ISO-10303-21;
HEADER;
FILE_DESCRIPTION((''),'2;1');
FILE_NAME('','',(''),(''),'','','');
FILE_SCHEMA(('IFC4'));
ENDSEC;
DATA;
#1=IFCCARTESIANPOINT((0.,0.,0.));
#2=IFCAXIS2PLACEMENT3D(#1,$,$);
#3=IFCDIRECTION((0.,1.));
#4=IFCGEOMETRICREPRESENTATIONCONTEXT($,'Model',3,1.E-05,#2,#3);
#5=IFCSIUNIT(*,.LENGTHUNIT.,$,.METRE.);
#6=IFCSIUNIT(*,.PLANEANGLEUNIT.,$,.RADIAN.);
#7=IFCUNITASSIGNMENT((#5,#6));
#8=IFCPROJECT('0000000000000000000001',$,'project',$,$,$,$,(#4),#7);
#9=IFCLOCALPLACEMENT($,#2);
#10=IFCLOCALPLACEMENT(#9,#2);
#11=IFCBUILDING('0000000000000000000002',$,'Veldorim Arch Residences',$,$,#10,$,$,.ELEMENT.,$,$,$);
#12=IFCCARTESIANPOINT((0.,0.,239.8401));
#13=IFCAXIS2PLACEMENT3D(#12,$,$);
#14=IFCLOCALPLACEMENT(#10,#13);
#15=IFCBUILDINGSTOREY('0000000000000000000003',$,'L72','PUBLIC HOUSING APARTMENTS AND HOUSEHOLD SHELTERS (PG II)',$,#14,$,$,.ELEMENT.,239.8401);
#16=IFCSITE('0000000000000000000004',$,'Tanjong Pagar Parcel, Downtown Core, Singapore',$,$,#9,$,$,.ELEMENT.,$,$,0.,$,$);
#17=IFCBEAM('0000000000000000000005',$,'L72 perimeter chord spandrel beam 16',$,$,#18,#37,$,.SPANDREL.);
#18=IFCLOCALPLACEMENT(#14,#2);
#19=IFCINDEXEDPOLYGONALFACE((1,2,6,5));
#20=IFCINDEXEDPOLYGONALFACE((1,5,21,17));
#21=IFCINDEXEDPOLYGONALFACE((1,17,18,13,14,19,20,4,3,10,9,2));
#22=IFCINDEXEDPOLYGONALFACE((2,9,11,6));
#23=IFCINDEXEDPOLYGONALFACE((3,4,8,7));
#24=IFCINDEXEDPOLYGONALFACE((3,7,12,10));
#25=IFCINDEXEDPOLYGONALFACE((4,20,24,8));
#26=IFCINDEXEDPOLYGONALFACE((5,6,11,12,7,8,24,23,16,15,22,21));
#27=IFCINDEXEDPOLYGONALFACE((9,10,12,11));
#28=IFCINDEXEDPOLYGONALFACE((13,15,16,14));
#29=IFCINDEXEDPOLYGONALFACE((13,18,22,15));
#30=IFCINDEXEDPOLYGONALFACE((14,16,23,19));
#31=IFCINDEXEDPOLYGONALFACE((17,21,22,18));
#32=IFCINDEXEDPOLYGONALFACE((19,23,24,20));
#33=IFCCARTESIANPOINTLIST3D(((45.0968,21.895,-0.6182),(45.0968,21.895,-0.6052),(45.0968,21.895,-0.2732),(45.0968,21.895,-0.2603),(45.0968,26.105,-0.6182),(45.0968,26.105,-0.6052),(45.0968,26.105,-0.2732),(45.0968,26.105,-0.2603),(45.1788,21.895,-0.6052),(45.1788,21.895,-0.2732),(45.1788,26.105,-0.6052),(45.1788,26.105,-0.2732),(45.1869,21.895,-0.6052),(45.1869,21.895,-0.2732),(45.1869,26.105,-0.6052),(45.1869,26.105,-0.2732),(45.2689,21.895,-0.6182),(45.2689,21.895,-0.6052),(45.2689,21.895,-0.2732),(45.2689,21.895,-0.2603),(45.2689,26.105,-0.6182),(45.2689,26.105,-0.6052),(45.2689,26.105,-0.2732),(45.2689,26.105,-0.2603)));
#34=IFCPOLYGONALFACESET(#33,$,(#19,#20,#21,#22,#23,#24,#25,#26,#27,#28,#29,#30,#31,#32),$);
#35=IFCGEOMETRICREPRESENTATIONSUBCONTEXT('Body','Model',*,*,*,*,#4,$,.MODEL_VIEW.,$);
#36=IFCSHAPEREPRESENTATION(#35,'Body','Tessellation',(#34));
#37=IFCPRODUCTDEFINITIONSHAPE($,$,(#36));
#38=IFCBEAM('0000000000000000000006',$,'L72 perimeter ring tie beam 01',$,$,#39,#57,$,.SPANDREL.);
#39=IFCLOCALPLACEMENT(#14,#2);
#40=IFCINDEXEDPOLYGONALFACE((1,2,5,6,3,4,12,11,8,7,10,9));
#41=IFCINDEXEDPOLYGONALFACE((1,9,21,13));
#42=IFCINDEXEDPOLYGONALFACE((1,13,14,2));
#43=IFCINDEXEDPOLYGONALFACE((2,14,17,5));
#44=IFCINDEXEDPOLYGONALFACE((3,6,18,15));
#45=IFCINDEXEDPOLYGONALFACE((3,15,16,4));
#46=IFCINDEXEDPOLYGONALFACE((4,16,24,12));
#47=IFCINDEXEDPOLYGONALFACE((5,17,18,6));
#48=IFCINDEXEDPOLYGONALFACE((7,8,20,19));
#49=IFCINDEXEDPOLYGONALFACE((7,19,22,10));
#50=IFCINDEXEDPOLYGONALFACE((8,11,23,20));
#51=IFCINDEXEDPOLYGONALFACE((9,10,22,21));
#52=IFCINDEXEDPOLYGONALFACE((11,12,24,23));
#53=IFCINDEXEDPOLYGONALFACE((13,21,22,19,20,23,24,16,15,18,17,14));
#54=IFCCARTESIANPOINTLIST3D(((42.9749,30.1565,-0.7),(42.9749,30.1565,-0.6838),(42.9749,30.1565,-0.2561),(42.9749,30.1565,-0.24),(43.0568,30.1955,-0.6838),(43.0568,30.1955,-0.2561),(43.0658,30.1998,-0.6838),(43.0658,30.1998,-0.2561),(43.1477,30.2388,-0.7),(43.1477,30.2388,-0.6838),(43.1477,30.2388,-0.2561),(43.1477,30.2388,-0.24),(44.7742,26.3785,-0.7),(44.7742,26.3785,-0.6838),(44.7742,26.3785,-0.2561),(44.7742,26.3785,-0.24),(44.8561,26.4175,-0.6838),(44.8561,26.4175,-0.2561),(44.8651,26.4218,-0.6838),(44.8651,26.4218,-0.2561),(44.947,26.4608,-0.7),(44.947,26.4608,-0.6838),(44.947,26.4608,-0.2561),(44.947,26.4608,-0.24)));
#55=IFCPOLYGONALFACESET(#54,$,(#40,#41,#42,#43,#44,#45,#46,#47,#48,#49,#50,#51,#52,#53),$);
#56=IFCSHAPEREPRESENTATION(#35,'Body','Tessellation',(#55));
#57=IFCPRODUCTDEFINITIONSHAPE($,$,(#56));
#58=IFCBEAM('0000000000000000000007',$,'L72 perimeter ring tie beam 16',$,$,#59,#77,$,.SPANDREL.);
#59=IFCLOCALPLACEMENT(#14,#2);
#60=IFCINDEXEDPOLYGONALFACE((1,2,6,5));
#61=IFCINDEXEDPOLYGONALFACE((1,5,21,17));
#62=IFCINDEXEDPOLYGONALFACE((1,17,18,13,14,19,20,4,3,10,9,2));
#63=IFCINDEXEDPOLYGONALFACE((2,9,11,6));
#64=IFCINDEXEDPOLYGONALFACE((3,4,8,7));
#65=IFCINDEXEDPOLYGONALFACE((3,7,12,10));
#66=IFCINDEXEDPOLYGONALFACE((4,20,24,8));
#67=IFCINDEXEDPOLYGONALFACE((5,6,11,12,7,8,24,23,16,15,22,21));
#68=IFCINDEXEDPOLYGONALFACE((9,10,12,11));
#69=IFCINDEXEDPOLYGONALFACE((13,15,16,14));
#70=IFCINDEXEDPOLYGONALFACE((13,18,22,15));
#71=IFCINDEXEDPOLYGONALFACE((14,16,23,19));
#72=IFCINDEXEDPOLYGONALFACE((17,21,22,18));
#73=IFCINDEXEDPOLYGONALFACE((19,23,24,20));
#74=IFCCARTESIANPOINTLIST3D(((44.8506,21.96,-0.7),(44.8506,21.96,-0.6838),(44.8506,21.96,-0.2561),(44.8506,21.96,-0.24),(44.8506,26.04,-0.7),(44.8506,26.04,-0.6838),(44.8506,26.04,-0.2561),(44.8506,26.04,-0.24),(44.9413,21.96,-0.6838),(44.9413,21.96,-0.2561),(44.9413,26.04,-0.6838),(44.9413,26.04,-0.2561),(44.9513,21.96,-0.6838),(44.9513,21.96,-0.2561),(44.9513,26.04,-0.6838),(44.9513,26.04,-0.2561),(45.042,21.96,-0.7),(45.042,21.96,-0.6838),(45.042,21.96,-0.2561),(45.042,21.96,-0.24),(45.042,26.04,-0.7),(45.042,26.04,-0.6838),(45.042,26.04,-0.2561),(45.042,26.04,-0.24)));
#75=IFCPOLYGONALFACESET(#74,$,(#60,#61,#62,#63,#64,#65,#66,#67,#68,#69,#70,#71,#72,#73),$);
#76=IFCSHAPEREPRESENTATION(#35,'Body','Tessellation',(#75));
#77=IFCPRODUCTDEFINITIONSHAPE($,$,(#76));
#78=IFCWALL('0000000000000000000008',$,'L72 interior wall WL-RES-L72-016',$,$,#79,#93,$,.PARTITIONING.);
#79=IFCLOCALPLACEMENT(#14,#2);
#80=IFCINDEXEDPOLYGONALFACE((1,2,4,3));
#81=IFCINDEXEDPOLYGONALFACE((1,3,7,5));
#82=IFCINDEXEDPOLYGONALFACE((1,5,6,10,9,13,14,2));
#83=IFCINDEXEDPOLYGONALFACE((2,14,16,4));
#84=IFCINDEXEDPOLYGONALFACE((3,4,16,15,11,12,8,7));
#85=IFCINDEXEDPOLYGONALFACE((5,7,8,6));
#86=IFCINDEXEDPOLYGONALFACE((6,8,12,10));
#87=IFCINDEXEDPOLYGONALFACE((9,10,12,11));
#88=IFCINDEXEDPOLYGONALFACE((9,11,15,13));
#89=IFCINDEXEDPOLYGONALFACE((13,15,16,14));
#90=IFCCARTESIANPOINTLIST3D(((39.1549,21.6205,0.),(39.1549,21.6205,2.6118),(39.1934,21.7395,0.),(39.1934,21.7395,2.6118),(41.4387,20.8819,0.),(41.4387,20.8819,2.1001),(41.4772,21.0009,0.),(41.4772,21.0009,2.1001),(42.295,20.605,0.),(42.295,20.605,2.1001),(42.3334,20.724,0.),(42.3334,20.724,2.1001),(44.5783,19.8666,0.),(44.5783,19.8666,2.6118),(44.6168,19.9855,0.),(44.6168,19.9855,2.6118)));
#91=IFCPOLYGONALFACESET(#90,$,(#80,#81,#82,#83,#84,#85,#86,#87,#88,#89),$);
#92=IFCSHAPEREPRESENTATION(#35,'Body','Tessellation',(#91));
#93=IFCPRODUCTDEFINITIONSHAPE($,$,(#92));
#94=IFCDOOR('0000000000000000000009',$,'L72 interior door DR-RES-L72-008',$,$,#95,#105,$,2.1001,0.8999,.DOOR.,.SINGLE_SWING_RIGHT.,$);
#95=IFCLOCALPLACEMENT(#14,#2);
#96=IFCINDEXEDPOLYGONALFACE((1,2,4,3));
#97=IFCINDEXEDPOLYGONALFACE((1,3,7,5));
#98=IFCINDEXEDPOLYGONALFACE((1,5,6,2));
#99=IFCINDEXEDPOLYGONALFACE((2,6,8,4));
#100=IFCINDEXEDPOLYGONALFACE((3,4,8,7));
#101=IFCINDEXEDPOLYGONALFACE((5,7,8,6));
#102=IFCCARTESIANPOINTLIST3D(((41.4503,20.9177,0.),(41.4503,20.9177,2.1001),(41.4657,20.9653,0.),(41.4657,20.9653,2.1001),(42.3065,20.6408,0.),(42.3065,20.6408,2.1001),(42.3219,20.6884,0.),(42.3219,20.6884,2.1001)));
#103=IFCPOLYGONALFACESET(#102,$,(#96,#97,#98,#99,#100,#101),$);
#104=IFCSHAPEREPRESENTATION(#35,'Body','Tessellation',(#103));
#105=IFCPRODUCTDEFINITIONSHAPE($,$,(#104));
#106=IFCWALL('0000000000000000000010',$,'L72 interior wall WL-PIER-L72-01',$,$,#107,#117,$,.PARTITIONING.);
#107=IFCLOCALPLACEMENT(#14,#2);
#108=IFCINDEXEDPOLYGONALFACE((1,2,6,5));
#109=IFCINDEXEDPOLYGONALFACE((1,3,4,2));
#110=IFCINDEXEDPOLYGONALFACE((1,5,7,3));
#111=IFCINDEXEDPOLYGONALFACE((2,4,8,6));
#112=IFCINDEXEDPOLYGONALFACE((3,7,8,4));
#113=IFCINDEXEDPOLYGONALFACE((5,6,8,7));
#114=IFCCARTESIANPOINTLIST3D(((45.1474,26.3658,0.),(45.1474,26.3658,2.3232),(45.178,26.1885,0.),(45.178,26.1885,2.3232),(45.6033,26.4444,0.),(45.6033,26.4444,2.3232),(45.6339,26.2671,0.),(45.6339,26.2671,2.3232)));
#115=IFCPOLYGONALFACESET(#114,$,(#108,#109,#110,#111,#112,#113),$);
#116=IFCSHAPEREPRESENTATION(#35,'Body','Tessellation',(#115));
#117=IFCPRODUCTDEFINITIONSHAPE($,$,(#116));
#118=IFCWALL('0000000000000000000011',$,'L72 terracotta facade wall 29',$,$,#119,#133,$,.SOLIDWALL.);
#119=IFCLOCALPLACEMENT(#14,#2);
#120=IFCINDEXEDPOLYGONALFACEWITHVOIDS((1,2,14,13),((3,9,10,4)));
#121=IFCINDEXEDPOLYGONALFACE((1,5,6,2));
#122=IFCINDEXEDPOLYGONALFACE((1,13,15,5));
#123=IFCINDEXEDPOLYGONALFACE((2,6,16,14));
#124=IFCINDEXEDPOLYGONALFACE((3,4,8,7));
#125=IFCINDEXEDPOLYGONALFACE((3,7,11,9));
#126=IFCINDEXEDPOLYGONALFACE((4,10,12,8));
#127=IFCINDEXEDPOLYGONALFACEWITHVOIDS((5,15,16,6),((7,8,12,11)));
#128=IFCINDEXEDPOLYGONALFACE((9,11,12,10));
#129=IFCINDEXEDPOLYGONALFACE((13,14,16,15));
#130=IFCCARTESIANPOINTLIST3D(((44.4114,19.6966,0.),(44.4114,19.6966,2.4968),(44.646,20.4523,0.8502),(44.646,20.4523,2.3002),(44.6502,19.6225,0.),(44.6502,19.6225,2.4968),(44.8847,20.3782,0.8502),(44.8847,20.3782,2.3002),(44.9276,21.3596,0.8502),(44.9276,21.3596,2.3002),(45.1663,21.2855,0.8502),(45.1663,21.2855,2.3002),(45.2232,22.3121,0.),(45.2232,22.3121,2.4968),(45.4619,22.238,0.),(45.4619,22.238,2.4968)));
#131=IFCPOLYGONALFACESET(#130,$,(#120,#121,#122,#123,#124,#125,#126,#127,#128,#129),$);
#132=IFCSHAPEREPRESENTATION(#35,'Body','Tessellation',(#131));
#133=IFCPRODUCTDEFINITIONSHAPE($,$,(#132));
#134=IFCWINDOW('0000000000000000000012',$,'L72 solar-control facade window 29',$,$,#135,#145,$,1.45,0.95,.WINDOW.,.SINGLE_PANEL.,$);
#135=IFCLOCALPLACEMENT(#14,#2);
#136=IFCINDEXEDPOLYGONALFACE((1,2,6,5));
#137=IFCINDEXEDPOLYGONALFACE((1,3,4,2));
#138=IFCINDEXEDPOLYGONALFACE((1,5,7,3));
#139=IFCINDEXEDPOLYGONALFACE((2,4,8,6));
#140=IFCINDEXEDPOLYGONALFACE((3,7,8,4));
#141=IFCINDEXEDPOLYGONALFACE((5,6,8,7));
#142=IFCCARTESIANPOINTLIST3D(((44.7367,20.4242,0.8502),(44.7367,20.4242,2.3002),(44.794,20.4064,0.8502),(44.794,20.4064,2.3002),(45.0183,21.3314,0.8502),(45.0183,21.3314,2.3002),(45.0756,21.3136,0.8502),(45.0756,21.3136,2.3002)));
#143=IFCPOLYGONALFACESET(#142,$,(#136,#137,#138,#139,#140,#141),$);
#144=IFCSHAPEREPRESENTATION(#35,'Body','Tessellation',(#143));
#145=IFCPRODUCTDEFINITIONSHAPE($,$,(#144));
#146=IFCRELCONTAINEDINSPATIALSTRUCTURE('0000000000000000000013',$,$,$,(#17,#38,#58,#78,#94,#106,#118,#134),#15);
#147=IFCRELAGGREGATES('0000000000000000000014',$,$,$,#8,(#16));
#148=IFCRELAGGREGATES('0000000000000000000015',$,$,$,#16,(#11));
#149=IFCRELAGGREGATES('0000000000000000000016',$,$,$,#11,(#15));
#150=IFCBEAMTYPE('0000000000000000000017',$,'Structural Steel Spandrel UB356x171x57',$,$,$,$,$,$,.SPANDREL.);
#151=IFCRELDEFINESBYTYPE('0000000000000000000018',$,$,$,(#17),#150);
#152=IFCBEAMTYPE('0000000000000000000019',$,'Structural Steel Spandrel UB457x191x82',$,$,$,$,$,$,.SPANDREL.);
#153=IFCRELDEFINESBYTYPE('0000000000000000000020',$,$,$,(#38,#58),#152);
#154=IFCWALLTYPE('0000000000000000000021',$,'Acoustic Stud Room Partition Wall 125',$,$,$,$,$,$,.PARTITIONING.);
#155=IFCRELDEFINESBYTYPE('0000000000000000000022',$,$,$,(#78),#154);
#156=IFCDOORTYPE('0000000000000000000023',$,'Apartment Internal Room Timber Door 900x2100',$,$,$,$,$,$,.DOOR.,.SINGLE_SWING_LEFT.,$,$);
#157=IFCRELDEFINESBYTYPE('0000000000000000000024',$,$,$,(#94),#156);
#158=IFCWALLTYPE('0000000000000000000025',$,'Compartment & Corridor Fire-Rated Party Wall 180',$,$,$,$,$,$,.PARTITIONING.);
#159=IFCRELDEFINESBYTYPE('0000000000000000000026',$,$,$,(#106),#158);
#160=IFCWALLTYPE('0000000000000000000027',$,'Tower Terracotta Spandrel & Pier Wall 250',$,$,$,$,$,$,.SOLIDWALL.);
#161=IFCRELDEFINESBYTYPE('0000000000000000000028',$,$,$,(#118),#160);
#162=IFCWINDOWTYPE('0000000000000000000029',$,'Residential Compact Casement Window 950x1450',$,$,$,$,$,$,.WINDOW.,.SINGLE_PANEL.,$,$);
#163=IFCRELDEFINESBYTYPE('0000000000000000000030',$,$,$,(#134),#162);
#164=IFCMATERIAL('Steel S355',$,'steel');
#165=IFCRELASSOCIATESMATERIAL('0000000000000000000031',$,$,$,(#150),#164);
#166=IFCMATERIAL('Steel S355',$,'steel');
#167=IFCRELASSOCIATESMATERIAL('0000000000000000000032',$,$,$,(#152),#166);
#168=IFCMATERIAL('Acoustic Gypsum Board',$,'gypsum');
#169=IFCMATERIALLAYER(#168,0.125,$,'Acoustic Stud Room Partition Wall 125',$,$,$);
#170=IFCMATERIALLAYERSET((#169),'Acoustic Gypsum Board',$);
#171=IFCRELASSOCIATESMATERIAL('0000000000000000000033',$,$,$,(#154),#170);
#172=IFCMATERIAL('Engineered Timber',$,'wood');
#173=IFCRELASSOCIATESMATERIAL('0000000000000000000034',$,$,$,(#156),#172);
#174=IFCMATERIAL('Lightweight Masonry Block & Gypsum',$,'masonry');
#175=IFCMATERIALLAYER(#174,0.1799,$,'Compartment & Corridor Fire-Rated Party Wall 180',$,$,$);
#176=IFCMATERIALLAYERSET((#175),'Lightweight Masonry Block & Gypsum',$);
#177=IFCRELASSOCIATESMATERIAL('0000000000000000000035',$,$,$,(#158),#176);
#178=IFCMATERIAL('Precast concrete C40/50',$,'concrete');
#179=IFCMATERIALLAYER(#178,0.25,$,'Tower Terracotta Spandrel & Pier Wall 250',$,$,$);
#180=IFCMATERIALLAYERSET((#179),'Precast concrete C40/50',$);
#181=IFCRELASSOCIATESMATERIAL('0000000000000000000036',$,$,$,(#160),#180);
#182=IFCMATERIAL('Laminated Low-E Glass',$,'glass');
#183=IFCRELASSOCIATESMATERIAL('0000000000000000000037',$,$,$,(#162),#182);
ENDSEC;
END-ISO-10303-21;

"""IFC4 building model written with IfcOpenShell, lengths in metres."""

from ifc_helpers import new_model, si_unit, direction, frame, frame_2d, origin, origin_2d, place, context, subcontext, project, spatial, rectangle, i_section, extrude, material, layer, layer_set, material_profile, profile_set, type_object, element, fill, save


model = new_model("IFC4")

# Units and contexts
model_context = context("Model", 3, precision=1e-05, world=origin(), true_north=direction((0.0, 1.0)))
body_context = subcontext(model_context, "Body", "Model", "MODEL_VIEW")
ifc_project = project(units=[si_unit("LENGTHUNIT", "METRE"), si_unit("PLANEANGLEUNIT", "RADIAN")], contexts=[model_context])

# Site, building, storey
site_placement = place(None, origin())
site = spatial("IfcSite", under=ifc_project, at=site_placement, Name="Tanjong Pagar Parcel, Downtown Core, Singapore", CompositionType="ELEMENT", RefElevation=0.0)
building_placement = place(site_placement, origin())
building = spatial("IfcBuilding", under=site, at=building_placement, Name="Veldorim Arch Residences", CompositionType="ELEMENT")
storey_placement = place(building_placement, frame((0.0, 0.0, 239.8401)))
storey = spatial("IfcBuildingStorey", under=building, at=storey_placement, Name="L72", Description="PUBLIC HOUSING APARTMENTS AND HOUSEHOLD SHELTERS (PG II)", CompositionType="ELEMENT", Elevation=239.8401)

# Beams
ifc_material_1 = material(Name="Steel S355", Category="steel")
ifc_material_profile_1 = material_profile(ifc_material_1, i_section(OverallWidth=0.1721, OverallDepth=0.3579, WebThickness=0.0081, FlangeThickness=0.0129, at=origin_2d()), Name="UB356x171x57")
ifc_profile_set_1 = profile_set([ifc_material_profile_1], Name="Steel S355")
beam_type_1 = type_object("IfcBeamType", Name="Structural Steel Spandrel UB356x171x57", PredefinedType="SPANDREL", material=ifc_profile_set_1)
beam_1_placement = place(storey_placement, frame((45.1829, 21.895, -0.4392), z_axis=(0.0, 1.0, 0.0), x_axis=(-1.0, 0.0, 0.0)))
element("IfcBeam", 1, at=beam_1_placement, inside=storey, type_object=beam_type_1, Name="L72 perimeter chord spandrel beam 16", PredefinedType="SPANDREL", context=body_context, shape_type="SweptSolid", body=[
    extrude(i_section(OverallWidth=0.1721, OverallDepth=0.3579, WebThickness=0.0081, FlangeThickness=0.0129, at=origin_2d()), origin(), (0.0, 0.0, 1.0), 4.21),
])
ifc_material_2 = material(Name="Steel S355", Category="steel")
ifc_material_profile_2 = material_profile(ifc_material_2, i_section(OverallWidth=0.1914, OverallDepth=0.46, WebThickness=0.01, FlangeThickness=0.0161, at=origin_2d()), Name="UB457x191x82")
ifc_profile_set_2 = profile_set([ifc_material_profile_2], Name="Steel S355")
beam_type_2 = type_object("IfcBeamType", Name="Structural Steel Spandrel UB457x191x82", PredefinedType="SPANDREL", material=ifc_profile_set_2)
beam_2_placement = place(storey_placement, frame((44.8606, 26.4197, -0.47), z_axis=(-0.429979, 0.902839, 0.0), x_axis=(-0.902839, -0.429979, 0.0)))
element("IfcBeam", 2, at=beam_2_placement, inside=storey, type_object=beam_type_2, Name="L72 perimeter ring tie beam 01", PredefinedType="SPANDREL", context=body_context, shape_type="SweptSolid", body=[
    extrude(i_section(OverallWidth=0.1914, OverallDepth=0.46, WebThickness=0.01, FlangeThickness=0.0161, at=origin_2d()), origin(), (0.0, 0.0, 1.0), 4.1846),
])
beam_3_placement = place(storey_placement, frame((44.9463, 21.96, -0.47), z_axis=(0.0, 1.0, 0.0), x_axis=(-1.0, 0.0, 0.0)))
element("IfcBeam", 3, at=beam_3_placement, inside=storey, type_object=beam_type_2, Name="L72 perimeter ring tie beam 16", PredefinedType="SPANDREL", context=body_context, shape_type="SweptSolid", body=[
    extrude(i_section(OverallWidth=0.1914, OverallDepth=0.46, WebThickness=0.01, FlangeThickness=0.0161, at=origin_2d()), origin(), (0.0, 0.0, 1.0), 4.0801),
])

# Wall, opening, door
ifc_material_3 = material(Name="Acoustic Gypsum Board", Category="gypsum")
ifc_layer_1 = layer(ifc_material_3, 0.125, Name="Acoustic Stud Room Partition Wall 125")
ifc_layer_set_1 = layer_set([ifc_layer_1], Name="Acoustic Gypsum Board")
wall_type_1 = type_object("IfcWallType", Name="Acoustic Stud Room Partition Wall 125", PredefinedType="PARTITIONING", material=ifc_layer_set_1)
wall_1_placement = place(storey_placement, frame((44.5977, 19.926, 0.0), z_axis=(0.0, 0.0, 1.0), x_axis=(-0.951481, 0.307709, 0.0)))
wall_1 = element("IfcWall", 4, at=wall_1_placement, inside=storey, type_object=wall_type_1, Name="L72 interior wall WL-RES-L72-016", PredefinedType="PARTITIONING", context=body_context, shape_type="SweptSolid", body=[
    extrude(rectangle(XDim=5.7, YDim=0.125, at=frame_2d((2.8501, 0.0))), origin(), (0.0, 0.0, 1.0), 2.6118),
])
opening_1_placement = place(wall_1_placement, frame((2.3999, 0.0, 0.0)))
opening_1 = element("IfcOpeningElement", 5, at=opening_1_placement, cuts=wall_1, PredefinedType="OPENING", context=body_context, shape_type="SweptSolid", body=[
    extrude(rectangle(XDim=0.8999, YDim=2.1001, at=frame_2d((0.45, 1.05))), frame((0.0, 0.0725, 0.0), z_axis=(0.0, -1.0, 0.0), x_axis=(1.0, 0.0, 0.0)), (0.0, 0.0, 1.0), 0.145),
])
ifc_material_4 = material(Name="Engineered Timber", Category="wood")
door_type_1 = type_object("IfcDoorType", Name="Apartment Internal Room Timber Door 900x2100", OperationType="SINGLE_SWING_LEFT", PredefinedType="DOOR", material=ifc_material_4)
door_1_placement = place(opening_1_placement, origin())
door_1 = element("IfcDoor", 6, at=door_1_placement, inside=storey, type_object=door_type_1, Name="L72 interior door DR-RES-L72-008", OperationType="SINGLE_SWING_RIGHT", OverallHeight=2.1001, OverallWidth=0.8999, PredefinedType="DOOR", context=body_context, shape_type="SweptSolid", body=[
    extrude(rectangle(XDim=0.8999, YDim=2.1001, at=frame_2d((0.45, 1.05))), frame((0.0, 0.0249, 0.0), z_axis=(0.0, -1.0, 0.0), x_axis=(1.0, 0.0, 0.0)), (0.0, 0.0, 1.0), 0.05),
])
fill(opening_1, door_1)

# Wall
ifc_material_5 = material(Name="Lightweight Masonry Block & Gypsum", Category="masonry")
ifc_layer_2 = layer(ifc_material_5, 0.1799, Name="Compartment & Corridor Fire-Rated Party Wall 180")
ifc_layer_set_2 = layer_set([ifc_layer_2], Name="Lightweight Masonry Block & Gypsum")
wall_type_2 = type_object("IfcWallType", Name="Compartment & Corridor Fire-Rated Party Wall 180", PredefinedType="PARTITIONING", material=ifc_layer_set_2)
wall_2_placement = place(storey_placement, frame((45.1626, 26.2771, 0.0), z_axis=(0.0, 0.0, 1.0), x_axis=(0.985451, 0.16996, 0.0)))
element("IfcWall", 7, at=wall_2_placement, inside=storey, type_object=wall_type_2, Name="L72 interior wall WL-PIER-L72-01", PredefinedType="PARTITIONING", context=body_context, shape_type="SweptSolid", body=[
    extrude(rectangle(XDim=0.4626, YDim=0.1799, at=frame_2d((0.2314, 0.0))), origin(), (0.0, 0.0, 1.0), 2.3232),
])

# Wall, opening, window
ifc_material_6 = material(Name="Precast concrete C40/50", Category="concrete")
ifc_layer_3 = layer(ifc_material_6, 0.25, Name="Tower Terracotta Spandrel & Pier Wall 250")
ifc_layer_set_3 = layer_set([ifc_layer_3], Name="Precast concrete C40/50")
wall_type_3 = type_object("IfcWallType", Name="Tower Terracotta Spandrel & Pier Wall 250", PredefinedType="SOLIDWALL", material=ifc_layer_set_3)
wall_3_placement = place(storey_placement, frame((45.3425, 22.2749, 0.0), z_axis=(0.0, 0.0, 1.0), x_axis=(-0.296422, -0.955057, 0.0)))
wall_3 = element("IfcWall", 8, at=wall_3_placement, inside=storey, type_object=wall_type_3, Name="L72 terracotta facade wall 29", PredefinedType="SOLIDWALL", context=body_context, shape_type="SweptSolid", body=[
    extrude(rectangle(XDim=2.7385, YDim=0.25, at=frame_2d((1.3691, 0.0))), origin(), (0.0, 0.0, 1.0), 2.4968),
])
opening_2_placement = place(wall_3_placement, frame((0.9971, 0.0, 0.8501)))
opening_2 = element("IfcOpeningElement", 9, at=opening_2_placement, cuts=wall_3, PredefinedType="OPENING", context=body_context, shape_type="SweptSolid", body=[
    extrude(rectangle(XDim=0.95, YDim=1.45, at=frame_2d((0.4751, 0.7251))), frame((0.0, 0.135, 0.0), z_axis=(0.0, -1.0, 0.0), x_axis=(1.0, 0.0, 0.0)), (0.0, 0.0, 1.0), 0.27),
])
ifc_material_7 = material(Name="Laminated Low-E Glass", Category="glass")
window_type_1 = type_object("IfcWindowType", Name="Residential Compact Casement Window 950x1450", PartitioningType="SINGLE_PANEL", PredefinedType="WINDOW", material=ifc_material_7)
window_1_placement = place(opening_2_placement, origin())
window_1 = element("IfcWindow", 10, at=window_1_placement, inside=storey, type_object=window_type_1, Name="L72 solar-control facade window 29", OverallHeight=1.45, OverallWidth=0.95, PartitioningType="SINGLE_PANEL", PredefinedType="WINDOW", context=body_context, shape_type="SweptSolid", body=[
    extrude(rectangle(XDim=0.95, YDim=1.45, at=frame_2d((0.4751, 0.7251))), frame((0.0, 0.03, 0.0), z_axis=(0.0, -1.0, 0.0), x_axis=(1.0, 0.0, 0.0)), (0.0, 0.0, 1.0), 0.0601),
])
fill(opening_2, window_1)

save(model, "model.ifc")
